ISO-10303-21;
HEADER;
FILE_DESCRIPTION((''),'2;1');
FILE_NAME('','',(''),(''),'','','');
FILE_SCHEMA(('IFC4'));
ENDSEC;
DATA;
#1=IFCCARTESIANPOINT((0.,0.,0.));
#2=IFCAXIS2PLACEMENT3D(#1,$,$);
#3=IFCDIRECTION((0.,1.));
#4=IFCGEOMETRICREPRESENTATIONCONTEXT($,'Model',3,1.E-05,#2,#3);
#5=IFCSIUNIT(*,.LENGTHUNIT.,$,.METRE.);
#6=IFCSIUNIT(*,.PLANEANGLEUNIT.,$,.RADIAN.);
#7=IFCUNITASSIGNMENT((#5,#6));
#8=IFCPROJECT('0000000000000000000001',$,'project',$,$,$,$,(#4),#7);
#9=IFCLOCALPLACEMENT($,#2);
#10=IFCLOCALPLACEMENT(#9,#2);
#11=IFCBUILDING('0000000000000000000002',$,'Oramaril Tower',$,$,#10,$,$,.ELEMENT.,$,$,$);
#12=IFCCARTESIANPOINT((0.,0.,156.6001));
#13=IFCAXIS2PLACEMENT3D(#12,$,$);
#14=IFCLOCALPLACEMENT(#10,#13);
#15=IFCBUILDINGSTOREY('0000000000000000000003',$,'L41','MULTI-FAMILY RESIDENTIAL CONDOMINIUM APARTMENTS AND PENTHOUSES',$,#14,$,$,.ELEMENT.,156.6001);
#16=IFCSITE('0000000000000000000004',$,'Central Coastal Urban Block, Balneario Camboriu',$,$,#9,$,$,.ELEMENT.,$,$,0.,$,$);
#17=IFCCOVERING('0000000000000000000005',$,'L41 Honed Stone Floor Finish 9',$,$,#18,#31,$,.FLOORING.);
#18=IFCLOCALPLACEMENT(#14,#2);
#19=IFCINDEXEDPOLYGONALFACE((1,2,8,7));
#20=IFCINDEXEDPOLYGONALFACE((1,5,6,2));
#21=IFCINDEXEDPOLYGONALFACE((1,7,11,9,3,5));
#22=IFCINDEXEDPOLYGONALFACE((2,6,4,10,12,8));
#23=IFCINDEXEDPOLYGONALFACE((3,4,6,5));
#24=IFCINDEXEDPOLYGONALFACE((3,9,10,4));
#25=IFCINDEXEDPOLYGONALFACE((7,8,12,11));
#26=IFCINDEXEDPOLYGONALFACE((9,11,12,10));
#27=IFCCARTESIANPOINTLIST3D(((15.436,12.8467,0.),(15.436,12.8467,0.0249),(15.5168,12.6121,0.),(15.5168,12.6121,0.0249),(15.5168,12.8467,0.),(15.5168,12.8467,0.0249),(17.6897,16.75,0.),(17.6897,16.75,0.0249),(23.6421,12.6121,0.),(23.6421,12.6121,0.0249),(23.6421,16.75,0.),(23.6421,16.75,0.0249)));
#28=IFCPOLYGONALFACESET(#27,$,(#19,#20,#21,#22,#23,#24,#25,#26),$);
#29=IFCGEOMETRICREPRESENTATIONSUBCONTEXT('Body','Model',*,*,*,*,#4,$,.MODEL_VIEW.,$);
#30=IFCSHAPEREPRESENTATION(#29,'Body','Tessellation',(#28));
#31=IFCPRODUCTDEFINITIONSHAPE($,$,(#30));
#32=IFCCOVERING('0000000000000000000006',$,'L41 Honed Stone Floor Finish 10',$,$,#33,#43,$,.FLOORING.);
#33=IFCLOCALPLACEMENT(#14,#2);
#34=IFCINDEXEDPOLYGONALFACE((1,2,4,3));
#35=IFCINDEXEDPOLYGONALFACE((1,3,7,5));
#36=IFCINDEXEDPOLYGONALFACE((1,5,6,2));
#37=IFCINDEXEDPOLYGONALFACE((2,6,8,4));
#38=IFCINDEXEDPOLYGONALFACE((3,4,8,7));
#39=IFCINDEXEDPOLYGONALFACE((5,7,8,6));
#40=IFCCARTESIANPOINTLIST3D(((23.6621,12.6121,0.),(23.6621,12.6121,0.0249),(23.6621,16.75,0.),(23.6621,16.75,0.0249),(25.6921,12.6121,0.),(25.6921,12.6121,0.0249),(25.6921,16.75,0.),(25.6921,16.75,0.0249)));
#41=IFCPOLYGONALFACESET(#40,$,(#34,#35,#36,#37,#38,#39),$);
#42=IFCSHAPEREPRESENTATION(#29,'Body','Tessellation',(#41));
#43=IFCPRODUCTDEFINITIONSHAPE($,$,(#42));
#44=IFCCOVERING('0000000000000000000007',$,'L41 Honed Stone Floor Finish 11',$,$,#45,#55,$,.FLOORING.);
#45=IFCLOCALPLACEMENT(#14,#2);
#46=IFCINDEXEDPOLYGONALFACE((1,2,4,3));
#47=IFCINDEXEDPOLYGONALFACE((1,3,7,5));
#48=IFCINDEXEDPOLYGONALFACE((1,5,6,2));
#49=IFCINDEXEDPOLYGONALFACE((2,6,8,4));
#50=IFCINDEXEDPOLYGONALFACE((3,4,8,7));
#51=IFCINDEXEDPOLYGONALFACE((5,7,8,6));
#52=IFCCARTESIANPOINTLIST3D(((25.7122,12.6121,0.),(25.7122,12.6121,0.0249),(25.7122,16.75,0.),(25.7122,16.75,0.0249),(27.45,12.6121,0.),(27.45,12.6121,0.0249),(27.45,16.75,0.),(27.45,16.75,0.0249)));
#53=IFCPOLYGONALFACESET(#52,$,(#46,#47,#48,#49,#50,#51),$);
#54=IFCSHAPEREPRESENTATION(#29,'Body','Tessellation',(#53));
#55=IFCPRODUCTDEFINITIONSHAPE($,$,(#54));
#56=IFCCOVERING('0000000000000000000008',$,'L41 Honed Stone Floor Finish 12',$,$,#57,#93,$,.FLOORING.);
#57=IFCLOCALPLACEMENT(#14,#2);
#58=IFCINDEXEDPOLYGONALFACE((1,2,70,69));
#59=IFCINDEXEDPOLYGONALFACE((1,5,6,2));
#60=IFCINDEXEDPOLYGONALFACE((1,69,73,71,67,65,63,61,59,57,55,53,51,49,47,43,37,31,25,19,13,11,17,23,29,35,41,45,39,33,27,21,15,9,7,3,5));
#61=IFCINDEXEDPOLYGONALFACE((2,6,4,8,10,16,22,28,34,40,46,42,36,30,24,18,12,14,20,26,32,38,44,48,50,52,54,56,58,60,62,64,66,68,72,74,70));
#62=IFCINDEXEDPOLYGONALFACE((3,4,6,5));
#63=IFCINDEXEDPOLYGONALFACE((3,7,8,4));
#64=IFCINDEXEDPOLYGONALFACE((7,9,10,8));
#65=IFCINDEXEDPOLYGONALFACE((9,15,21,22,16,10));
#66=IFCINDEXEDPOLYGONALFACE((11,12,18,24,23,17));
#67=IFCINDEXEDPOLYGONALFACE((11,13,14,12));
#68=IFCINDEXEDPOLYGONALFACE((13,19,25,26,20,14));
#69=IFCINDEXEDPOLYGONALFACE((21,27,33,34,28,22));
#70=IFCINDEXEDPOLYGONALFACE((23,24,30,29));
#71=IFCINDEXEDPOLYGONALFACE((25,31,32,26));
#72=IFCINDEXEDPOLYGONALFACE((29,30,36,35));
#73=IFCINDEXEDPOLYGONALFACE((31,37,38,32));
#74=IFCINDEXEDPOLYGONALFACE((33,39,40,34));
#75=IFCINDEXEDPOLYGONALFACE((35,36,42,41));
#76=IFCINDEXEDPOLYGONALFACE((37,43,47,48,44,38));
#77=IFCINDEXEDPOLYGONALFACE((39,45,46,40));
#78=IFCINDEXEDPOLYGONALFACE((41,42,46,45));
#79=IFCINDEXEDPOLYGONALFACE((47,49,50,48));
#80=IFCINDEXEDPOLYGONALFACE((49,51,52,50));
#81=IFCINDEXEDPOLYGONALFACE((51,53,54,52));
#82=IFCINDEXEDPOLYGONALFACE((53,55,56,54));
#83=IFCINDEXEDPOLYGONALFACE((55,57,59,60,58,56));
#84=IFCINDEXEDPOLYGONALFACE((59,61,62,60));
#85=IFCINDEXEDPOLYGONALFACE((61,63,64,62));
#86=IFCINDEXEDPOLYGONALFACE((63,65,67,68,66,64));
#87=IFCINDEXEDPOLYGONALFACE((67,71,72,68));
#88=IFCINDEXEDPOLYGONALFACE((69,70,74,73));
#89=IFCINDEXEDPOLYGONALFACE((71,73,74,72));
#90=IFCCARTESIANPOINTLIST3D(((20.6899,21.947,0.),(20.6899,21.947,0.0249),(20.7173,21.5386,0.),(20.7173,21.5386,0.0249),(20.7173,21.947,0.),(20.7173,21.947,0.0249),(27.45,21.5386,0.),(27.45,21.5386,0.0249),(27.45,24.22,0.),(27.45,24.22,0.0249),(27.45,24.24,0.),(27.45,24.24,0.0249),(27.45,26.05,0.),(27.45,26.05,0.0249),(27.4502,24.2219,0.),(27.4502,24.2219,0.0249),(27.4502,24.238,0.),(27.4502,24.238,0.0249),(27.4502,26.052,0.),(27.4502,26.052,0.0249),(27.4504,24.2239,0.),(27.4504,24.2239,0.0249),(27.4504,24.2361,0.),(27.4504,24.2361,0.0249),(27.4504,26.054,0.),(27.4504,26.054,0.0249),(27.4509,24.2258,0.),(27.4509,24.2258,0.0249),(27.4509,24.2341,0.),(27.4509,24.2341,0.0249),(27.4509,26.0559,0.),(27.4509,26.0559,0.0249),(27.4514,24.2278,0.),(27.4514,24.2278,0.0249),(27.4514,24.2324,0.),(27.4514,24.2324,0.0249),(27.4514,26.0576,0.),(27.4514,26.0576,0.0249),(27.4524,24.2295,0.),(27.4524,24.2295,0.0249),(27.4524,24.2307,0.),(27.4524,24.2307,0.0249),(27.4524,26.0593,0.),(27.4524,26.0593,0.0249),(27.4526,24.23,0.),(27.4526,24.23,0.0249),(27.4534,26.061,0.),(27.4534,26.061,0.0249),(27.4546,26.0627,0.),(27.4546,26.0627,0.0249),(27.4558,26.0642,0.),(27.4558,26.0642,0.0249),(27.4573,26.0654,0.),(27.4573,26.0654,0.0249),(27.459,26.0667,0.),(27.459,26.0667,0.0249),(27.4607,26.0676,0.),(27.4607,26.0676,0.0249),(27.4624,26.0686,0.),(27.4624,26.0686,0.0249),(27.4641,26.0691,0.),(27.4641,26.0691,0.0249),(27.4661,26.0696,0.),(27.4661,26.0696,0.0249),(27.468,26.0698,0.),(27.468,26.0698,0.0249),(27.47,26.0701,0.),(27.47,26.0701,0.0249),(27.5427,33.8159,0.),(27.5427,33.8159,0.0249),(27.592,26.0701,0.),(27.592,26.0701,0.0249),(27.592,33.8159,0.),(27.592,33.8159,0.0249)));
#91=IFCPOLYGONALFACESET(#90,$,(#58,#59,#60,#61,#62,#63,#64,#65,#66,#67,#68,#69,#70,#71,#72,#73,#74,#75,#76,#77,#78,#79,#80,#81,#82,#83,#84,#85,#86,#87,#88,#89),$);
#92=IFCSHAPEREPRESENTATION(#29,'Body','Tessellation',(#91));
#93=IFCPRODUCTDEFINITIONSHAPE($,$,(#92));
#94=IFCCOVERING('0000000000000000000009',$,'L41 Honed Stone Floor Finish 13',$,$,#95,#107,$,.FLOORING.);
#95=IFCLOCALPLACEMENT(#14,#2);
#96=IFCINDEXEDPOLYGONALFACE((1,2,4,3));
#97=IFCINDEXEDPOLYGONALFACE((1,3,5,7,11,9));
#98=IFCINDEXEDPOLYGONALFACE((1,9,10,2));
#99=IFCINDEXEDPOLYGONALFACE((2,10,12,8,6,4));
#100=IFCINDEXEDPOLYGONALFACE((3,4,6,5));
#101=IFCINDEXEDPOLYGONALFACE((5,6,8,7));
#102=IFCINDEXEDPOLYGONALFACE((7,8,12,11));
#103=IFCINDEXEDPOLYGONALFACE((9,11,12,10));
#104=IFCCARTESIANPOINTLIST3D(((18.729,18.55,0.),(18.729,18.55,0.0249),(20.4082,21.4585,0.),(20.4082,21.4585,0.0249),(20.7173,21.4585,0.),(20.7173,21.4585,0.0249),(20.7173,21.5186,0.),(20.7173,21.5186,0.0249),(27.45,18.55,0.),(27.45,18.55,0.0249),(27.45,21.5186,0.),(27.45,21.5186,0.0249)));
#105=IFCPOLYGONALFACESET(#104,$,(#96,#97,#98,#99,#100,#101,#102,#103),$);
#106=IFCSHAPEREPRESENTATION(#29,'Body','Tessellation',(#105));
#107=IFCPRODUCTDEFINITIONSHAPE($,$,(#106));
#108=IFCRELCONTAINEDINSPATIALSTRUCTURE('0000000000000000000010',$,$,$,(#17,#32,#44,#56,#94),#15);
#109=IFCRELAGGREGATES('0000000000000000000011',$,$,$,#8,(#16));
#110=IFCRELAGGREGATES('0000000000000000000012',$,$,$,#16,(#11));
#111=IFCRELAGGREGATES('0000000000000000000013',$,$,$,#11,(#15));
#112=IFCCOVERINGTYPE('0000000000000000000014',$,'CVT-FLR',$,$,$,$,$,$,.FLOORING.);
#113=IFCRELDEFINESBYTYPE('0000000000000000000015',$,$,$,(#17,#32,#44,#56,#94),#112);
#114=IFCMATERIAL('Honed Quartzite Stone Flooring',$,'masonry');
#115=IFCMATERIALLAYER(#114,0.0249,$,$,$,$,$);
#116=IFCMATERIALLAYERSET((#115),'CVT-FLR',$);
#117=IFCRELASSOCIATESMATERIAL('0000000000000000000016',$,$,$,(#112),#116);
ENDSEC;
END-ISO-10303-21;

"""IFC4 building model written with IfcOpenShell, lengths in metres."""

from ifc_helpers import new_model, si_unit, direction, frame, origin, place, context, subcontext, project, spatial, polyline, outline, extrude, material, layer, layer_set, type_object, element, save


model = new_model("IFC4")

# Units and contexts
model_context = context("Model", 3, precision=1e-05, world=origin(), true_north=direction((0.0, 1.0)))
body_context = subcontext(model_context, "Body", "Model", "MODEL_VIEW")
ifc_project = project(units=[si_unit("LENGTHUNIT", "METRE"), si_unit("PLANEANGLEUNIT", "RADIAN")], contexts=[model_context])

# Site, building, storey
site_placement = place(None, origin())
site = spatial("IfcSite", under=ifc_project, at=site_placement, Name="Central Coastal Urban Block, Balneario Camboriu", CompositionType="ELEMENT", RefElevation=0.0)
building_placement = place(site_placement, origin())
building = spatial("IfcBuilding", under=site, at=building_placement, Name="Oramaril Tower", CompositionType="ELEMENT")
storey_placement = place(building_placement, frame((0.0, 0.0, 156.6001)))
storey = spatial("IfcBuildingStorey", under=building, at=storey_placement, Name="L41", Description="MULTI-FAMILY RESIDENTIAL CONDOMINIUM APARTMENTS AND PENTHOUSES", CompositionType="ELEMENT", Elevation=156.6001)

# Coverings
ifc_material_1 = material(Name="Honed Quartzite Stone Flooring", Category="masonry")
ifc_layer_1 = layer(ifc_material_1, 0.0249)
ifc_layer_set_1 = layer_set([ifc_layer_1], Name="CVT-FLR")
covering_type_1 = type_object("IfcCoveringType", Name="CVT-FLR", PredefinedType="FLOORING", material=ifc_layer_set_1)
covering_1_placement = place(storey_placement, origin())
element("IfcCovering", 1, at=covering_1_placement, inside=storey, type_object=covering_type_1, Name="L41 Honed Stone Floor Finish 9", PredefinedType="FLOORING", context=body_context, shape_type="SweptSolid", body=[
    extrude(outline(polyline([(15.5168, 12.8467), (15.436, 12.8467), (17.6897, 16.75), (23.6421, 16.75), (23.6421, 12.6121), (15.5168, 12.6121), (15.5168, 12.8467)])), origin(), (0.0, 0.0, 1.0), 0.0249),
])
covering_2_placement = place(storey_placement, origin())
element("IfcCovering", 2, at=covering_2_placement, inside=storey, type_object=covering_type_1, Name="L41 Honed Stone Floor Finish 10", PredefinedType="FLOORING", context=body_context, shape_type="SweptSolid", body=[
    extrude(outline(polyline([(25.6921, 12.6121), (23.6621, 12.6121), (23.6621, 16.75), (25.6921, 16.75), (25.6921, 12.6121)])), origin(), (0.0, 0.0, 1.0), 0.0249),
])
covering_3_placement = place(storey_placement, origin())
element("IfcCovering", 3, at=covering_3_placement, inside=storey, type_object=covering_type_1, Name="L41 Honed Stone Floor Finish 11", PredefinedType="FLOORING", context=body_context, shape_type="SweptSolid", body=[
    extrude(outline(polyline([(25.7122, 16.75), (27.45, 16.75), (27.45, 12.6121), (25.7122, 12.6121), (25.7122, 16.75)])), origin(), (0.0, 0.0, 1.0), 0.0249),
])
covering_4_placement = place(storey_placement, origin())
element("IfcCovering", 4, at=covering_4_placement, inside=storey, type_object=covering_type_1, Name="L41 Honed Stone Floor Finish 12", PredefinedType="FLOORING", context=body_context, shape_type="SweptSolid", body=[
    extrude(outline(polyline([(20.7173, 21.5386), (20.7173, 21.947), (20.6899, 21.947), (27.5427, 33.8159), (27.592, 33.8159), (27.592, 26.0701), (27.47, 26.0701), (27.468, 26.0698), (27.4661, 26.0696), (27.4641, 26.0691), (27.4624, 26.0686), (27.4607, 26.0676), (27.459, 26.0667), (27.4573, 26.0654), (27.4558, 26.0642), (27.4546, 26.0627), (27.4534, 26.061), (27.4524, 26.0593), (27.4514, 26.0576), (27.4509, 26.0559), (27.4504, 26.054), (27.4502, 26.052), (27.45, 26.05), (27.45, 24.24), (27.4502, 24.238), (27.4504, 24.2361), (27.4509, 24.2341), (27.4514, 24.2324), (27.4524, 24.2307), (27.4526, 24.23), (27.4524, 24.2295), (27.4514, 24.2278), (27.4509, 24.2258), (27.4504, 24.2239), (27.4502, 24.2219), (27.45, 24.22), (27.45, 21.5386), (20.7173, 21.5386)])), origin(), (0.0, 0.0, 1.0), 0.0249),
])
covering_5_placement = place(storey_placement, origin())
element("IfcCovering", 5, at=covering_5_placement, inside=storey, type_object=covering_type_1, Name="L41 Honed Stone Floor Finish 13", PredefinedType="FLOORING", context=body_context, shape_type="SweptSolid", body=[
    extrude(outline(polyline([(20.4082, 21.4585), (20.7173, 21.4585), (20.7173, 21.5186), (27.45, 21.5186), (27.45, 18.55), (18.729, 18.55), (20.4082, 21.4585)])), origin(), (0.0, 0.0, 1.0), 0.0249),
])

save(model, "model.ifc")
